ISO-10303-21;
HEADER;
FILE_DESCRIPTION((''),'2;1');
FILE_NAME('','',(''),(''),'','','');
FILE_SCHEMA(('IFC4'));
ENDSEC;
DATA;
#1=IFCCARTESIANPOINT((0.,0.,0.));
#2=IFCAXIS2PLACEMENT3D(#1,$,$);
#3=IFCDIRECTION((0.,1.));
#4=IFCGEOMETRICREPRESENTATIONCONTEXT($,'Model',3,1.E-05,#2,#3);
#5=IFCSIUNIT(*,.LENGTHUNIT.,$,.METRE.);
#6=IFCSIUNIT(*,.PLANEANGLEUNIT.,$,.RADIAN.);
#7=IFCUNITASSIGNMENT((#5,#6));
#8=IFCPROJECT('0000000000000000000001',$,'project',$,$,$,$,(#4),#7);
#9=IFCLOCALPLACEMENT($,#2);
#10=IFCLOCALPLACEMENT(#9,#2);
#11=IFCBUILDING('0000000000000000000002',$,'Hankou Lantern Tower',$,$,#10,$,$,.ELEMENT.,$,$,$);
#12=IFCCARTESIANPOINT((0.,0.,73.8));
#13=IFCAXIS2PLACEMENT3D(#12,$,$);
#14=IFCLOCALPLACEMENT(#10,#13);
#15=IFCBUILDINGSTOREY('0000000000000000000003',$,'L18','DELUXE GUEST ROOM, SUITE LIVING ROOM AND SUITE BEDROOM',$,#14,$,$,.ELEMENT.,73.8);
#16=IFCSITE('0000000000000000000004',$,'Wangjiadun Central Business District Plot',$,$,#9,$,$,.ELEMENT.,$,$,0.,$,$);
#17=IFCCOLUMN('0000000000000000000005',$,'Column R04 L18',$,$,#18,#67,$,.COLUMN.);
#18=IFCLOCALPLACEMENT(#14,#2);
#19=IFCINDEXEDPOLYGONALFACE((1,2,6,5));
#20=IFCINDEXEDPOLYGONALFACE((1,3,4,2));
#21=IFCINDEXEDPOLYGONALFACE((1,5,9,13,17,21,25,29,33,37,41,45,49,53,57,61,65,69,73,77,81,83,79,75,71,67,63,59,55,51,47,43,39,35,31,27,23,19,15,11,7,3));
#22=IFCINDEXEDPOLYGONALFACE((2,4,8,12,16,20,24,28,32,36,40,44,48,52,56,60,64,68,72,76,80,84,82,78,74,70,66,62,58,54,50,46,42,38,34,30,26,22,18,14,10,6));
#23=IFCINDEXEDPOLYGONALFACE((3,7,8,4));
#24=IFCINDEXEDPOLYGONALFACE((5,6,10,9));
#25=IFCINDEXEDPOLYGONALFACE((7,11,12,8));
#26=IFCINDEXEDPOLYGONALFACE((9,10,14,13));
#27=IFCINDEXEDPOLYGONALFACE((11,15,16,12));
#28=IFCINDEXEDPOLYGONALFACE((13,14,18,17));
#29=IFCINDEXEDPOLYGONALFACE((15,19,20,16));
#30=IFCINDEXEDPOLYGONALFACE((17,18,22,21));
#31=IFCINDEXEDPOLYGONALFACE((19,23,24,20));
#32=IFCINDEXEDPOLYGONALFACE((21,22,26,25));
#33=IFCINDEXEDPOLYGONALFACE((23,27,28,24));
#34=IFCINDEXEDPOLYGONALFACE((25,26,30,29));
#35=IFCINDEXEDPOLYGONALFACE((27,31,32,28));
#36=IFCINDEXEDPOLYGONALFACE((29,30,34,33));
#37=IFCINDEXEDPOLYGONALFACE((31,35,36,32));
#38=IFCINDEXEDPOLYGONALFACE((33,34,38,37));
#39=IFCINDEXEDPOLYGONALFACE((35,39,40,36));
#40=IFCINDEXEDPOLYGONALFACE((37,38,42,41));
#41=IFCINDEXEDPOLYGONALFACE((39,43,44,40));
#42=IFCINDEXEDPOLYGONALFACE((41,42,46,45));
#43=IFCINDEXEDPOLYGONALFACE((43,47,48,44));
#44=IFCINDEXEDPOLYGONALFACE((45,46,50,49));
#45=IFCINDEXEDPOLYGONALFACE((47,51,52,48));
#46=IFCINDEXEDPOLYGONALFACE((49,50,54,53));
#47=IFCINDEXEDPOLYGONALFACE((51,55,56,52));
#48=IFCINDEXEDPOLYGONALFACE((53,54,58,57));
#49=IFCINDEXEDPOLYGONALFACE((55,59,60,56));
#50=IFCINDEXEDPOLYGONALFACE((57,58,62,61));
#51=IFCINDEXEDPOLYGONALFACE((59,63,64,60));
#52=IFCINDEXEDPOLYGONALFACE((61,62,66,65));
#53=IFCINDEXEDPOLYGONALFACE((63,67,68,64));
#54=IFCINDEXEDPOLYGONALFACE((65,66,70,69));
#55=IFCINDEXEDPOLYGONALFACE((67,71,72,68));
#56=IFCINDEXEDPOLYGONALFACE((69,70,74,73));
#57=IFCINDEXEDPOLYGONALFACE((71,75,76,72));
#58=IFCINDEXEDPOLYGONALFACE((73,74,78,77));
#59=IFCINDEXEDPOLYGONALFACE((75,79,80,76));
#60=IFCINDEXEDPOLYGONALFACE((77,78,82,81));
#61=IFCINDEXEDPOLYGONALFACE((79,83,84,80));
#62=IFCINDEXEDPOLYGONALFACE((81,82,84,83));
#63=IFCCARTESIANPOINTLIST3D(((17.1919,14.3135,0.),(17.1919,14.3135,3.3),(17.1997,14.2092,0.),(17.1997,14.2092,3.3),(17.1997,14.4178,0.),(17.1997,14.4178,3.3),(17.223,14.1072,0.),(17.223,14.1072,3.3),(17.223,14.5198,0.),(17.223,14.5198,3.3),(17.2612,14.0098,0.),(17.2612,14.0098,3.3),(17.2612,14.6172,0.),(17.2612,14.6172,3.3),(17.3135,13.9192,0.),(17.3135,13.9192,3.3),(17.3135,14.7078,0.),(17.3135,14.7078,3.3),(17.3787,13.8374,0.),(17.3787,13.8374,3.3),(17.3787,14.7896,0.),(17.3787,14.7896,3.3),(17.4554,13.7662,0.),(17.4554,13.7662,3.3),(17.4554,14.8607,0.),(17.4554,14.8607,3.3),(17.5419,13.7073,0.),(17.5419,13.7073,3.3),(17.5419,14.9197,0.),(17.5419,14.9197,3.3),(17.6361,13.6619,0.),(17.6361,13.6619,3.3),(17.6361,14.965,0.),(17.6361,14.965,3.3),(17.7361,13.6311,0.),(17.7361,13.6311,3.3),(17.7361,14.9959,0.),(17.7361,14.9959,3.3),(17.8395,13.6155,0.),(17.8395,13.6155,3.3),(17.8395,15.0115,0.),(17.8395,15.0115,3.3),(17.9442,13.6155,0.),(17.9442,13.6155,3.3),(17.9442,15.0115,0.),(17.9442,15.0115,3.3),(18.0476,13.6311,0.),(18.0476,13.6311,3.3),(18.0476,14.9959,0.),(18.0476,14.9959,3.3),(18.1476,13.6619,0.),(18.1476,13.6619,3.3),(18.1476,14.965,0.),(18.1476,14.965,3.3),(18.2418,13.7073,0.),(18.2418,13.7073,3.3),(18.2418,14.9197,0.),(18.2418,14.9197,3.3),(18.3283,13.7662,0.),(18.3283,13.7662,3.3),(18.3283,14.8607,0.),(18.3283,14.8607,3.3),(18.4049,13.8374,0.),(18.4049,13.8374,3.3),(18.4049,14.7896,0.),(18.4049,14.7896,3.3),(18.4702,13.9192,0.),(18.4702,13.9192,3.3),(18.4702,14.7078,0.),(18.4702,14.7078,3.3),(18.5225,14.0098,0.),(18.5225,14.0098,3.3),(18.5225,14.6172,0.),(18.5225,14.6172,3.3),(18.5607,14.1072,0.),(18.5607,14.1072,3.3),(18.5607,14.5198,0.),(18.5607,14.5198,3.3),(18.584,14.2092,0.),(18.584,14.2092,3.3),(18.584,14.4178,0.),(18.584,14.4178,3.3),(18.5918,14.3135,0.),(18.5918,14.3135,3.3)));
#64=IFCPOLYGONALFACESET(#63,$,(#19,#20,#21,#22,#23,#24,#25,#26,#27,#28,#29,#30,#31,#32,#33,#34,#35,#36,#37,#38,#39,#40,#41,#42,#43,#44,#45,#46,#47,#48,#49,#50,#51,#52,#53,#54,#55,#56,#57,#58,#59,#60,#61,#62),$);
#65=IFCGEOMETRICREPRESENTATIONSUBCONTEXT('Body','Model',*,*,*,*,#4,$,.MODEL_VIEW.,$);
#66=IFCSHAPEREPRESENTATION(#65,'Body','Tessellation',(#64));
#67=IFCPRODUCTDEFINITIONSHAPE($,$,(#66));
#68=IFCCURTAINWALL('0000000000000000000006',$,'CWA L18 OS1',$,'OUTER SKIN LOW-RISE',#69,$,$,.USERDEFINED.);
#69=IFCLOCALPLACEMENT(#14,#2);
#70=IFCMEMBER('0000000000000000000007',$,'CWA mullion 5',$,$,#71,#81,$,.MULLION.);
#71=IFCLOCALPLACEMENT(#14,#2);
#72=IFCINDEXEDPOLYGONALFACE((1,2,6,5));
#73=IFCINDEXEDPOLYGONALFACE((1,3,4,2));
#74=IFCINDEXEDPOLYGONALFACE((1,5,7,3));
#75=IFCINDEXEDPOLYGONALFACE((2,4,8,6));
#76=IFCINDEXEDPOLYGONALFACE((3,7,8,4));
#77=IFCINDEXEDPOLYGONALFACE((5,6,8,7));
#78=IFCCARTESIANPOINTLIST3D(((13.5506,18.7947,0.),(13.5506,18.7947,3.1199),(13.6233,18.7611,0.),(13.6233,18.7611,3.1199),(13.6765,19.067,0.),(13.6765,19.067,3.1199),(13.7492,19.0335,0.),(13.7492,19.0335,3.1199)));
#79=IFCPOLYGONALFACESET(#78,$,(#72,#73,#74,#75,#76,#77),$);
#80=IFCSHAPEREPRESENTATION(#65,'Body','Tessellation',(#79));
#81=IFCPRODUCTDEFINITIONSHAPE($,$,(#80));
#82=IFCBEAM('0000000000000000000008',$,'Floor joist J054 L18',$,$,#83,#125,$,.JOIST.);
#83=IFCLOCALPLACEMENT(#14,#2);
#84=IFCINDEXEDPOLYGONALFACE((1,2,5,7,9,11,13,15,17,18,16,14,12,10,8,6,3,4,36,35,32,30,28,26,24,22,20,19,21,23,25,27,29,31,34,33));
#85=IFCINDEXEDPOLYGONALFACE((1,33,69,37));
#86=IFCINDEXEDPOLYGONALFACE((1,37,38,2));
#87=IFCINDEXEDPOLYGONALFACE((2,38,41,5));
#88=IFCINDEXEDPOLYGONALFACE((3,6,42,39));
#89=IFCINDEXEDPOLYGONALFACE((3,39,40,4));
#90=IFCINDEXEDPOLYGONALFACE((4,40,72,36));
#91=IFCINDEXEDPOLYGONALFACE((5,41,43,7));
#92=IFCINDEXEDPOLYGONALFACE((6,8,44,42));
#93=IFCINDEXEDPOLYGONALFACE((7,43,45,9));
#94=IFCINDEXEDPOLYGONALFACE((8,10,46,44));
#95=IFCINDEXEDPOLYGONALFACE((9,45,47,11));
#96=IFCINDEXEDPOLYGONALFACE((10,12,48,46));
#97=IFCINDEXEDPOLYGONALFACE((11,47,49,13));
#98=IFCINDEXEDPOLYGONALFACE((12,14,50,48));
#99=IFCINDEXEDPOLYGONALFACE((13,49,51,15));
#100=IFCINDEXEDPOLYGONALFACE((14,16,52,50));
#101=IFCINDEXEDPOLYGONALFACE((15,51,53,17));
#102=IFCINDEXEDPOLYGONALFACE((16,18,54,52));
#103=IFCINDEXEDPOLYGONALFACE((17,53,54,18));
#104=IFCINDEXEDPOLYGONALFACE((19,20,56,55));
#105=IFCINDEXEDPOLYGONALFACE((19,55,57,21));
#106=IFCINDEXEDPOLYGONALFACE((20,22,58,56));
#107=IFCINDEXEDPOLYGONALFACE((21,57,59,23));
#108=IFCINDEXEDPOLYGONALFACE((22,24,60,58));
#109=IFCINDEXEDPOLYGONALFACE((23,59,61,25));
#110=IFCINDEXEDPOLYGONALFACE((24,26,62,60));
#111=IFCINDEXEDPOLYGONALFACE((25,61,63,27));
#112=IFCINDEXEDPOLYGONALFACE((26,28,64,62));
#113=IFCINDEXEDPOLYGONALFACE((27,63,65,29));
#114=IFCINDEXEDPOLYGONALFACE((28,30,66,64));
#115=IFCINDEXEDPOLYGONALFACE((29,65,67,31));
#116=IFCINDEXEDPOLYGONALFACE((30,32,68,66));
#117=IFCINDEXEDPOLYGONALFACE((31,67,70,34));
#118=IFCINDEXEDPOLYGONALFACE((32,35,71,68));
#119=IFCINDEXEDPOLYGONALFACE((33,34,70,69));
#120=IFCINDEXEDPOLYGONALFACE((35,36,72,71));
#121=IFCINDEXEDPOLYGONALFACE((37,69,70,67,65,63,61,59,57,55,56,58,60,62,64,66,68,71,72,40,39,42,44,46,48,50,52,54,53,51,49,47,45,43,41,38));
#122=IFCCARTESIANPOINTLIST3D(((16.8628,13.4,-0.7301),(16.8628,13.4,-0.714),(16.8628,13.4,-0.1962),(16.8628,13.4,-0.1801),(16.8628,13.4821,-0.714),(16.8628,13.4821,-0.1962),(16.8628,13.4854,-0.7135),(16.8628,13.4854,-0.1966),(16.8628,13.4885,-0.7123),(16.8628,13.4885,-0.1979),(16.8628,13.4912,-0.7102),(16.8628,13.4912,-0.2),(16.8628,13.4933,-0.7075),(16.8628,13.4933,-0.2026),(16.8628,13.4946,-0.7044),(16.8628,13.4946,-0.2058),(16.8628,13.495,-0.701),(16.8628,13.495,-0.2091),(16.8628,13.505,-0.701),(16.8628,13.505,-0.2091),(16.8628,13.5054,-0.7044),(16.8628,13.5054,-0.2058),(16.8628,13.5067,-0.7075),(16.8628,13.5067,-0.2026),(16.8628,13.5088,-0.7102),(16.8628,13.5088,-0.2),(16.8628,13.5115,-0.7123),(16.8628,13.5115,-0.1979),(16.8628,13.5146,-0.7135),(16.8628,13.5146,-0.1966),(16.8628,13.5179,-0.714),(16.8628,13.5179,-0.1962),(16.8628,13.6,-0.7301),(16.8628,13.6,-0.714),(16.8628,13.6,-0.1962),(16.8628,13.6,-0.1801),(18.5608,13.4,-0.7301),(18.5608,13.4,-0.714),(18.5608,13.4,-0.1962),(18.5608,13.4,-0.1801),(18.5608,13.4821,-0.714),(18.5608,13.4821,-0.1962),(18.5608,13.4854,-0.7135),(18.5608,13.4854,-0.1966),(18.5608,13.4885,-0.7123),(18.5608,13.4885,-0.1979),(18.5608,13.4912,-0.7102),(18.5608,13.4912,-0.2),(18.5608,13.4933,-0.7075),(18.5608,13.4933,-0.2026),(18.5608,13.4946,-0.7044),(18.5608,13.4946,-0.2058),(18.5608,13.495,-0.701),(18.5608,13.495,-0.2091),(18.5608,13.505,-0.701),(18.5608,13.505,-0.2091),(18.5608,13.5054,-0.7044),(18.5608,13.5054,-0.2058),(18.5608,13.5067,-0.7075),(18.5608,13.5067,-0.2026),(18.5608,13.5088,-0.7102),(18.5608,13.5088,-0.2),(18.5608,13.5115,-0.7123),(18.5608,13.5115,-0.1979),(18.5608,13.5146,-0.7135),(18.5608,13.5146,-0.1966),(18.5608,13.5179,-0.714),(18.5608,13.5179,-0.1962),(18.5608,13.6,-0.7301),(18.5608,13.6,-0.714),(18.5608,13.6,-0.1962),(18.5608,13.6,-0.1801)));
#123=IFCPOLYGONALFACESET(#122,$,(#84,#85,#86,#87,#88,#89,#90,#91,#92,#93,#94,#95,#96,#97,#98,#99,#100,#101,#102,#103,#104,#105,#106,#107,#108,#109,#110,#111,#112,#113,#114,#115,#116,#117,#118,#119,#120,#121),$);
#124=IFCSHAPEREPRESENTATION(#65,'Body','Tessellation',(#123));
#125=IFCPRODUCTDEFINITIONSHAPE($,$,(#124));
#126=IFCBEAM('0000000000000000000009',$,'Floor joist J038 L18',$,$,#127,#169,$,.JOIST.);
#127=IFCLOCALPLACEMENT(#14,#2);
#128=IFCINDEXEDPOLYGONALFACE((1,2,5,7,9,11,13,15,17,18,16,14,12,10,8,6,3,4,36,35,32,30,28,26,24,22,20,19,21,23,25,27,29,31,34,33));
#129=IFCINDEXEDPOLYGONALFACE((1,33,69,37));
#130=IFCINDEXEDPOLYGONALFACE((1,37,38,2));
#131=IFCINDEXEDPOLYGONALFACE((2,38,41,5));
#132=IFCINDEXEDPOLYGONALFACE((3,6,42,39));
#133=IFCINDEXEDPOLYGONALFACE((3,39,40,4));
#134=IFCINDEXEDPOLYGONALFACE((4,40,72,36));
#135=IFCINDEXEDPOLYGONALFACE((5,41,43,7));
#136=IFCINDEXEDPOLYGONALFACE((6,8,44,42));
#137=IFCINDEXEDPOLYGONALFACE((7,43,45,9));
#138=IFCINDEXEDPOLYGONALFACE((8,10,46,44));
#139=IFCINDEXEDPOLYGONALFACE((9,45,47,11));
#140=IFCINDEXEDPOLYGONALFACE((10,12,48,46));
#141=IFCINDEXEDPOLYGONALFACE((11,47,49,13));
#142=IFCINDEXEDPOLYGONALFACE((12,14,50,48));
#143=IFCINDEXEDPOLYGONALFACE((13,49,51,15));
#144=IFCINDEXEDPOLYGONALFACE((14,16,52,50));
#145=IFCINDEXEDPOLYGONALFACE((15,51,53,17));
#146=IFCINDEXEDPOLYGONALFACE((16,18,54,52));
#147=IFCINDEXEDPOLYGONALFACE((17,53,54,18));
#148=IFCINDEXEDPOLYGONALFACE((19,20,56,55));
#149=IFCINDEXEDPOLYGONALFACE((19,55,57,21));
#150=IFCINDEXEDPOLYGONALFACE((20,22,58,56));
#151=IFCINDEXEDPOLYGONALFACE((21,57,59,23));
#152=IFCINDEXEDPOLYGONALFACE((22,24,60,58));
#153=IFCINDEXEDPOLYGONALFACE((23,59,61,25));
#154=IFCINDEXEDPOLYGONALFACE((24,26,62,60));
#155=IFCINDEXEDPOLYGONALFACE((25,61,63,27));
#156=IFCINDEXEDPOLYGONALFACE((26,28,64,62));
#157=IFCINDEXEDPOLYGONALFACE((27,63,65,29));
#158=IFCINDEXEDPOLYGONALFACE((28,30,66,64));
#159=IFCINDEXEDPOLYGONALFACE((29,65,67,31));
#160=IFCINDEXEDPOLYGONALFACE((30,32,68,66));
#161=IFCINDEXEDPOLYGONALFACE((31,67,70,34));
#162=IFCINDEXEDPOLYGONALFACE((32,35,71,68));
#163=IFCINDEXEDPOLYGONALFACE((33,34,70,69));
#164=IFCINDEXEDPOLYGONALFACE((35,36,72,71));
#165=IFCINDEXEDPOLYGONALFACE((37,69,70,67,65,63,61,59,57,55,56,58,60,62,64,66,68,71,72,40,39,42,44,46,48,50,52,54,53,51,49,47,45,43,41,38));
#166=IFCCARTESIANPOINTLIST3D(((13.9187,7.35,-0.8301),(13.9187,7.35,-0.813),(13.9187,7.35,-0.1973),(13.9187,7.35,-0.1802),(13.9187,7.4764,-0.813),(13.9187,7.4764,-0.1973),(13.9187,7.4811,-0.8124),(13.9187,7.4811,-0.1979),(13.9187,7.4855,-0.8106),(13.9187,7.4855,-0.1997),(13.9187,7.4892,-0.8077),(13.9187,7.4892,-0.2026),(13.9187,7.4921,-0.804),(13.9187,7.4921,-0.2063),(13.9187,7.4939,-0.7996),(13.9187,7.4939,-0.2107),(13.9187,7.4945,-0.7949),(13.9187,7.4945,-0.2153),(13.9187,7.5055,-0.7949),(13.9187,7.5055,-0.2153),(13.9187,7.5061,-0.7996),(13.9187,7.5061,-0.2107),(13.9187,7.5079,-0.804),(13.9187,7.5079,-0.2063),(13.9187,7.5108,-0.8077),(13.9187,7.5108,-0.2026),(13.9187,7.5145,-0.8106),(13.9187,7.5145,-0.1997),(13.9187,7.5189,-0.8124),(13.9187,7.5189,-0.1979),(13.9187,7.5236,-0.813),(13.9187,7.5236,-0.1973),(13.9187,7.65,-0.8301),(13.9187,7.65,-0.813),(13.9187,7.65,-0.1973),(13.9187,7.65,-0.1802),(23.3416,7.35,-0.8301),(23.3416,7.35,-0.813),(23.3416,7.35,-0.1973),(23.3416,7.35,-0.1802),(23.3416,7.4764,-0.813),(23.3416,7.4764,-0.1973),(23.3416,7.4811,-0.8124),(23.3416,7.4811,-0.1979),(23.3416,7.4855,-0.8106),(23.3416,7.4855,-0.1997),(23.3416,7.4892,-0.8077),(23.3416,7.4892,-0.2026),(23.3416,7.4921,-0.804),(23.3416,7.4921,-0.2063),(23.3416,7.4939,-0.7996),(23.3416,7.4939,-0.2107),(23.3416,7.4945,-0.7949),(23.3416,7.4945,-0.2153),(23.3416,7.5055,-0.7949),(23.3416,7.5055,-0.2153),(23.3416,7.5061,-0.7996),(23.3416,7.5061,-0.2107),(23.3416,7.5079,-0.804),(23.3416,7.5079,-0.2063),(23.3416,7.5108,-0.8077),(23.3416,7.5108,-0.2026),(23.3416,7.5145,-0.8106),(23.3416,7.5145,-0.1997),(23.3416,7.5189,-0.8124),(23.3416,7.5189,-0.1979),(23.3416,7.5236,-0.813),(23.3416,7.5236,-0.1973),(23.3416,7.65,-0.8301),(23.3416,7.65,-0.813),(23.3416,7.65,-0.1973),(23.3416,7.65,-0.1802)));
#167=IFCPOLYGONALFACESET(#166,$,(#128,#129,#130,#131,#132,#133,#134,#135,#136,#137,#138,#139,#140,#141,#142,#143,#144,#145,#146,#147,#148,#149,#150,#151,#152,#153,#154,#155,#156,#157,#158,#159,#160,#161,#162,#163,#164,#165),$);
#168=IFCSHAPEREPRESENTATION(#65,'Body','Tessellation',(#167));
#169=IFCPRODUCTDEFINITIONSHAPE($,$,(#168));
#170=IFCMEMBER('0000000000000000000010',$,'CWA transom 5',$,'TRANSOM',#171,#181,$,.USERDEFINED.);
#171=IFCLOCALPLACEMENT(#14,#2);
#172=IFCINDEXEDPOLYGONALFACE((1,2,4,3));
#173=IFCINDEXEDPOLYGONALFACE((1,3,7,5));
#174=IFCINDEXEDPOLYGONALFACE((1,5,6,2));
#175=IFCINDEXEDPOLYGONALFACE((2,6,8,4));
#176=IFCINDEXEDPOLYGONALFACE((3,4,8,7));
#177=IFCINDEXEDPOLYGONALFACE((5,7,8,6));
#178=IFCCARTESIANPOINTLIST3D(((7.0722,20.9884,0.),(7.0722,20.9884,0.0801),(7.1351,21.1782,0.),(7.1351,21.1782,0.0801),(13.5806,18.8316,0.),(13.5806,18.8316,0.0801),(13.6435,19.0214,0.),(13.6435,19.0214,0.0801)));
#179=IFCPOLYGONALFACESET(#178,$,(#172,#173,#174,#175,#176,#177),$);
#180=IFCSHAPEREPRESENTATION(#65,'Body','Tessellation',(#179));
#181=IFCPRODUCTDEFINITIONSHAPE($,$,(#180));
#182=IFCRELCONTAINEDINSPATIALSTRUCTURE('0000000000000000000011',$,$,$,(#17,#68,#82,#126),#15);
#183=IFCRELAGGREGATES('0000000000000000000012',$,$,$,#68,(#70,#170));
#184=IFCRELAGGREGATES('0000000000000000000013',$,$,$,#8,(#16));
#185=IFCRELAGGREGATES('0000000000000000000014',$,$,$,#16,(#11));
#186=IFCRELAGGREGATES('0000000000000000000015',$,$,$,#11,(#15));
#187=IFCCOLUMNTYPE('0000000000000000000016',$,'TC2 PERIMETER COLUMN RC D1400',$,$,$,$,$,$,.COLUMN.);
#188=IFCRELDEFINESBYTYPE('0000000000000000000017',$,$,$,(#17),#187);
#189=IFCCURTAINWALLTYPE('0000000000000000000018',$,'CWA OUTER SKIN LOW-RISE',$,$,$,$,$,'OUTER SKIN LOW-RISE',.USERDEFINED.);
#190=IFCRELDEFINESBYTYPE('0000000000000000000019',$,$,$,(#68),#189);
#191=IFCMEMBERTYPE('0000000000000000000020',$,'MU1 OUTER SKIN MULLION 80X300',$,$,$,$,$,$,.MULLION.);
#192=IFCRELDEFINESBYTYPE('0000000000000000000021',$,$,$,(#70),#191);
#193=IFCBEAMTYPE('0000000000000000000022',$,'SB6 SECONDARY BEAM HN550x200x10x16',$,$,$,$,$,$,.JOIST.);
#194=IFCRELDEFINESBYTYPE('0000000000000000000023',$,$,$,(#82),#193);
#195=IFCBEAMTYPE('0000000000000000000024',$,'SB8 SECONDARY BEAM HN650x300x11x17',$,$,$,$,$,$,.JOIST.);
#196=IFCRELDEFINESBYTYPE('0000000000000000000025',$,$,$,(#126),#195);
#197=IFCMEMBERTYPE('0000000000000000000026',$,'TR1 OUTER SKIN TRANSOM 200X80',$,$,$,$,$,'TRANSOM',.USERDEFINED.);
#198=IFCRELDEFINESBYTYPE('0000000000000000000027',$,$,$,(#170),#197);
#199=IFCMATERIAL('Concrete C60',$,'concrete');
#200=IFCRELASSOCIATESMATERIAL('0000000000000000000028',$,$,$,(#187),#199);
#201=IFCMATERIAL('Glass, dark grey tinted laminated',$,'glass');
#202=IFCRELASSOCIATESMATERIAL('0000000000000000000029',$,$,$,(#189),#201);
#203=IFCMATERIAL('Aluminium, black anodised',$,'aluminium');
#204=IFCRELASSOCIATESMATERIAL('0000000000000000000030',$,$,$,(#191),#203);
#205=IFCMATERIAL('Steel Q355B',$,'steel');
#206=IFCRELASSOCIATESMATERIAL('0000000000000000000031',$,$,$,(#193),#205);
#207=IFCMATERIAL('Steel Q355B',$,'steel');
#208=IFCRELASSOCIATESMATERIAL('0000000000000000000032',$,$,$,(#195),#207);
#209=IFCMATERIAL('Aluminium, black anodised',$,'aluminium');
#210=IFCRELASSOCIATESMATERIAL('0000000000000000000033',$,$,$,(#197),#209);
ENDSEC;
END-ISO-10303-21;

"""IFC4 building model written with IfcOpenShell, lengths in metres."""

from ifc_helpers import new_model, si_unit, direction, frame, origin, origin_2d, place, context, subcontext, project, spatial, rectangle, circle, i_section, extrude, material, material_profile, profile_set, type_object, element, aggregate, save


model = new_model("IFC4")

# Units and contexts
model_context = context("Model", 3, precision=1e-05, world=origin(), true_north=direction((0.0, 1.0)))
body_context = subcontext(model_context, "Body", "Model", "MODEL_VIEW")
ifc_project = project(units=[si_unit("LENGTHUNIT", "METRE"), si_unit("PLANEANGLEUNIT", "RADIAN")], contexts=[model_context])

# Site, building, storey
site_placement = place(None, origin())
site = spatial("IfcSite", under=ifc_project, at=site_placement, Name="Wangjiadun Central Business District Plot", CompositionType="ELEMENT", RefElevation=0.0)
building_placement = place(site_placement, origin())
building = spatial("IfcBuilding", under=site, at=building_placement, Name="Hankou Lantern Tower", CompositionType="ELEMENT")
storey_placement = place(building_placement, frame((0.0, 0.0, 73.8)))
storey = spatial("IfcBuildingStorey", under=building, at=storey_placement, Name="L18", Description="DELUXE GUEST ROOM, SUITE LIVING ROOM AND SUITE BEDROOM", CompositionType="ELEMENT", Elevation=73.8)

# Column
ifc_material_1 = material(Name="Concrete C60", Category="concrete")
ifc_material_profile_1 = material_profile(ifc_material_1, circle(Radius=0.7, at=origin_2d()), Name="RC D1400")
ifc_profile_set_1 = profile_set([ifc_material_profile_1], Name="Concrete C60")
column_type = type_object("IfcColumnType", Name="TC2 PERIMETER COLUMN RC D1400", PredefinedType="COLUMN", material=ifc_profile_set_1)
column_placement = place(storey_placement, frame((17.8918, 14.3135, 0.0), z_axis=(0.0, 0.0, 1.0), x_axis=(1.0, 0.0, 0.0)))
element("IfcColumn", 1, at=column_placement, inside=storey, type_object=column_type, Name="Column R04 L18", PredefinedType="COLUMN", context=body_context, shape_type="SweptSolid", body=[
    extrude(circle(Radius=0.7, at=origin_2d()), origin(), (0.0, 0.0, 1.0), 3.3),
])

# Curtain wall, member
ifc_material_2 = material(Name="Glass, dark grey tinted laminated", Category="glass")
curtain_wall_type = type_object("IfcCurtainWallType", Name="CWA OUTER SKIN LOW-RISE", ElementType="OUTER SKIN LOW-RISE", PredefinedType="USERDEFINED", material=ifc_material_2)
curtain_wall_placement = place(storey_placement, origin())
curtain_wall = element("IfcCurtainWall", 2, at=curtain_wall_placement, inside=storey, type_object=curtain_wall_type, Name="CWA L18 OS1", ObjectType="OUTER SKIN LOW-RISE", PredefinedType="USERDEFINED")
ifc_material_3 = material(Name="Aluminium, black anodised", Category="aluminium")
ifc_material_profile_2 = material_profile(ifc_material_3, rectangle(XDim=0.0801, YDim=0.3, at=origin_2d()), Name="MU1 80X300")
ifc_profile_set_2 = profile_set([ifc_material_profile_2], Name="Aluminium, black anodised")
member_type_1 = type_object("IfcMemberType", Name="MU1 OUTER SKIN MULLION 80X300", PredefinedType="MULLION", material=ifc_profile_set_2)
member_1_placement = place(storey_placement, frame((13.6499, 18.9141, 0.0), z_axis=(0.0, 0.0, 1.0), x_axis=(-0.907841, 0.419314, 0.0)))
member_1 = element("IfcMember", 3, at=member_1_placement, type_object=member_type_1, Name="CWA mullion 5", PredefinedType="MULLION", context=body_context, shape_type="SweptSolid", body=[
    extrude(rectangle(XDim=0.0801, YDim=0.3, at=origin_2d()), origin(), (0.0, 0.0, 1.0), 3.1199),
])

# Beams
ifc_material_4 = material(Name="Steel Q355B", Category="steel")
ifc_material_profile_3 = material_profile(ifc_material_4, i_section(OverallWidth=0.2, OverallDepth=0.55, WebThickness=0.01, FlangeThickness=0.0161, FilletRadius=0.0129, at=origin_2d()), Name="HN550x200x10x16")
ifc_profile_set_3 = profile_set([ifc_material_profile_3], Name="Steel Q355B")
beam_type_1 = type_object("IfcBeamType", Name="SB6 SECONDARY BEAM HN550x200x10x16", PredefinedType="JOIST", material=ifc_profile_set_3)
beam_1_placement = place(storey_placement, frame((16.8628, 13.5, -0.4551), z_axis=(1.0, 0.0, 0.0), x_axis=(0.0, 1.0, 0.0)))
element("IfcBeam", 4, at=beam_1_placement, inside=storey, type_object=beam_type_1, Name="Floor joist J054 L18", PredefinedType="JOIST", context=body_context, shape_type="SweptSolid", body=[
    extrude(i_section(OverallWidth=0.2, OverallDepth=0.55, WebThickness=0.01, FlangeThickness=0.0161, FilletRadius=0.0129, at=origin_2d()), origin(), (0.0, 0.0, 1.0), 1.698),
])
ifc_material_5 = material(Name="Steel Q355B", Category="steel")
ifc_material_profile_4 = material_profile(ifc_material_5, i_section(OverallWidth=0.3, OverallDepth=0.6499, WebThickness=0.011, FlangeThickness=0.0171, FilletRadius=0.0181, at=origin_2d()), Name="HN650x300x11x17")
ifc_profile_set_4 = profile_set([ifc_material_profile_4], Name="Steel Q355B")
beam_type_2 = type_object("IfcBeamType", Name="SB8 SECONDARY BEAM HN650x300x11x17", PredefinedType="JOIST", material=ifc_profile_set_4)
beam_2_placement = place(storey_placement, frame((13.9187, 7.5, -0.5051), z_axis=(1.0, 0.0, 0.0), x_axis=(0.0, 1.0, 0.0)))
element("IfcBeam", 5, at=beam_2_placement, inside=storey, type_object=beam_type_2, Name="Floor joist J038 L18", PredefinedType="JOIST", context=body_context, shape_type="SweptSolid", body=[
    extrude(i_section(OverallWidth=0.3, OverallDepth=0.6499, WebThickness=0.011, FlangeThickness=0.0171, FilletRadius=0.0181, at=origin_2d()), origin(), (0.0, 0.0, 1.0), 9.4229),
])

# Member
ifc_material_6 = material(Name="Aluminium, black anodised", Category="aluminium")
ifc_material_profile_5 = material_profile(ifc_material_6, rectangle(XDim=0.2, YDim=0.0801, at=origin_2d()), Name="TR1 200X80")
ifc_profile_set_5 = profile_set([ifc_material_profile_5], Name="Aluminium, black anodised")
member_type_2 = type_object("IfcMemberType", Name="TR1 OUTER SKIN TRANSOM 200X80", ElementType="TRANSOM", PredefinedType="USERDEFINED", material=ifc_profile_set_5)
member_2_placement = place(storey_placement, frame((13.6121, 18.9265, 0.04), z_axis=(-0.949237, 0.314561, 0.0), x_axis=(-0.314561, -0.949237, 0.0)))
member_2 = element("IfcMember", 6, at=member_2_placement, type_object=member_type_2, Name="CWA transom 5", ObjectType="TRANSOM", PredefinedType="USERDEFINED", context=body_context, shape_type="SweptSolid", body=[
    extrude(rectangle(XDim=0.2, YDim=0.0801, at=origin_2d()), origin(), (0.0, 0.0, 1.0), 6.8564),
])

aggregate(curtain_wall, [member_1, member_2])

save(model, "model.ifc")
